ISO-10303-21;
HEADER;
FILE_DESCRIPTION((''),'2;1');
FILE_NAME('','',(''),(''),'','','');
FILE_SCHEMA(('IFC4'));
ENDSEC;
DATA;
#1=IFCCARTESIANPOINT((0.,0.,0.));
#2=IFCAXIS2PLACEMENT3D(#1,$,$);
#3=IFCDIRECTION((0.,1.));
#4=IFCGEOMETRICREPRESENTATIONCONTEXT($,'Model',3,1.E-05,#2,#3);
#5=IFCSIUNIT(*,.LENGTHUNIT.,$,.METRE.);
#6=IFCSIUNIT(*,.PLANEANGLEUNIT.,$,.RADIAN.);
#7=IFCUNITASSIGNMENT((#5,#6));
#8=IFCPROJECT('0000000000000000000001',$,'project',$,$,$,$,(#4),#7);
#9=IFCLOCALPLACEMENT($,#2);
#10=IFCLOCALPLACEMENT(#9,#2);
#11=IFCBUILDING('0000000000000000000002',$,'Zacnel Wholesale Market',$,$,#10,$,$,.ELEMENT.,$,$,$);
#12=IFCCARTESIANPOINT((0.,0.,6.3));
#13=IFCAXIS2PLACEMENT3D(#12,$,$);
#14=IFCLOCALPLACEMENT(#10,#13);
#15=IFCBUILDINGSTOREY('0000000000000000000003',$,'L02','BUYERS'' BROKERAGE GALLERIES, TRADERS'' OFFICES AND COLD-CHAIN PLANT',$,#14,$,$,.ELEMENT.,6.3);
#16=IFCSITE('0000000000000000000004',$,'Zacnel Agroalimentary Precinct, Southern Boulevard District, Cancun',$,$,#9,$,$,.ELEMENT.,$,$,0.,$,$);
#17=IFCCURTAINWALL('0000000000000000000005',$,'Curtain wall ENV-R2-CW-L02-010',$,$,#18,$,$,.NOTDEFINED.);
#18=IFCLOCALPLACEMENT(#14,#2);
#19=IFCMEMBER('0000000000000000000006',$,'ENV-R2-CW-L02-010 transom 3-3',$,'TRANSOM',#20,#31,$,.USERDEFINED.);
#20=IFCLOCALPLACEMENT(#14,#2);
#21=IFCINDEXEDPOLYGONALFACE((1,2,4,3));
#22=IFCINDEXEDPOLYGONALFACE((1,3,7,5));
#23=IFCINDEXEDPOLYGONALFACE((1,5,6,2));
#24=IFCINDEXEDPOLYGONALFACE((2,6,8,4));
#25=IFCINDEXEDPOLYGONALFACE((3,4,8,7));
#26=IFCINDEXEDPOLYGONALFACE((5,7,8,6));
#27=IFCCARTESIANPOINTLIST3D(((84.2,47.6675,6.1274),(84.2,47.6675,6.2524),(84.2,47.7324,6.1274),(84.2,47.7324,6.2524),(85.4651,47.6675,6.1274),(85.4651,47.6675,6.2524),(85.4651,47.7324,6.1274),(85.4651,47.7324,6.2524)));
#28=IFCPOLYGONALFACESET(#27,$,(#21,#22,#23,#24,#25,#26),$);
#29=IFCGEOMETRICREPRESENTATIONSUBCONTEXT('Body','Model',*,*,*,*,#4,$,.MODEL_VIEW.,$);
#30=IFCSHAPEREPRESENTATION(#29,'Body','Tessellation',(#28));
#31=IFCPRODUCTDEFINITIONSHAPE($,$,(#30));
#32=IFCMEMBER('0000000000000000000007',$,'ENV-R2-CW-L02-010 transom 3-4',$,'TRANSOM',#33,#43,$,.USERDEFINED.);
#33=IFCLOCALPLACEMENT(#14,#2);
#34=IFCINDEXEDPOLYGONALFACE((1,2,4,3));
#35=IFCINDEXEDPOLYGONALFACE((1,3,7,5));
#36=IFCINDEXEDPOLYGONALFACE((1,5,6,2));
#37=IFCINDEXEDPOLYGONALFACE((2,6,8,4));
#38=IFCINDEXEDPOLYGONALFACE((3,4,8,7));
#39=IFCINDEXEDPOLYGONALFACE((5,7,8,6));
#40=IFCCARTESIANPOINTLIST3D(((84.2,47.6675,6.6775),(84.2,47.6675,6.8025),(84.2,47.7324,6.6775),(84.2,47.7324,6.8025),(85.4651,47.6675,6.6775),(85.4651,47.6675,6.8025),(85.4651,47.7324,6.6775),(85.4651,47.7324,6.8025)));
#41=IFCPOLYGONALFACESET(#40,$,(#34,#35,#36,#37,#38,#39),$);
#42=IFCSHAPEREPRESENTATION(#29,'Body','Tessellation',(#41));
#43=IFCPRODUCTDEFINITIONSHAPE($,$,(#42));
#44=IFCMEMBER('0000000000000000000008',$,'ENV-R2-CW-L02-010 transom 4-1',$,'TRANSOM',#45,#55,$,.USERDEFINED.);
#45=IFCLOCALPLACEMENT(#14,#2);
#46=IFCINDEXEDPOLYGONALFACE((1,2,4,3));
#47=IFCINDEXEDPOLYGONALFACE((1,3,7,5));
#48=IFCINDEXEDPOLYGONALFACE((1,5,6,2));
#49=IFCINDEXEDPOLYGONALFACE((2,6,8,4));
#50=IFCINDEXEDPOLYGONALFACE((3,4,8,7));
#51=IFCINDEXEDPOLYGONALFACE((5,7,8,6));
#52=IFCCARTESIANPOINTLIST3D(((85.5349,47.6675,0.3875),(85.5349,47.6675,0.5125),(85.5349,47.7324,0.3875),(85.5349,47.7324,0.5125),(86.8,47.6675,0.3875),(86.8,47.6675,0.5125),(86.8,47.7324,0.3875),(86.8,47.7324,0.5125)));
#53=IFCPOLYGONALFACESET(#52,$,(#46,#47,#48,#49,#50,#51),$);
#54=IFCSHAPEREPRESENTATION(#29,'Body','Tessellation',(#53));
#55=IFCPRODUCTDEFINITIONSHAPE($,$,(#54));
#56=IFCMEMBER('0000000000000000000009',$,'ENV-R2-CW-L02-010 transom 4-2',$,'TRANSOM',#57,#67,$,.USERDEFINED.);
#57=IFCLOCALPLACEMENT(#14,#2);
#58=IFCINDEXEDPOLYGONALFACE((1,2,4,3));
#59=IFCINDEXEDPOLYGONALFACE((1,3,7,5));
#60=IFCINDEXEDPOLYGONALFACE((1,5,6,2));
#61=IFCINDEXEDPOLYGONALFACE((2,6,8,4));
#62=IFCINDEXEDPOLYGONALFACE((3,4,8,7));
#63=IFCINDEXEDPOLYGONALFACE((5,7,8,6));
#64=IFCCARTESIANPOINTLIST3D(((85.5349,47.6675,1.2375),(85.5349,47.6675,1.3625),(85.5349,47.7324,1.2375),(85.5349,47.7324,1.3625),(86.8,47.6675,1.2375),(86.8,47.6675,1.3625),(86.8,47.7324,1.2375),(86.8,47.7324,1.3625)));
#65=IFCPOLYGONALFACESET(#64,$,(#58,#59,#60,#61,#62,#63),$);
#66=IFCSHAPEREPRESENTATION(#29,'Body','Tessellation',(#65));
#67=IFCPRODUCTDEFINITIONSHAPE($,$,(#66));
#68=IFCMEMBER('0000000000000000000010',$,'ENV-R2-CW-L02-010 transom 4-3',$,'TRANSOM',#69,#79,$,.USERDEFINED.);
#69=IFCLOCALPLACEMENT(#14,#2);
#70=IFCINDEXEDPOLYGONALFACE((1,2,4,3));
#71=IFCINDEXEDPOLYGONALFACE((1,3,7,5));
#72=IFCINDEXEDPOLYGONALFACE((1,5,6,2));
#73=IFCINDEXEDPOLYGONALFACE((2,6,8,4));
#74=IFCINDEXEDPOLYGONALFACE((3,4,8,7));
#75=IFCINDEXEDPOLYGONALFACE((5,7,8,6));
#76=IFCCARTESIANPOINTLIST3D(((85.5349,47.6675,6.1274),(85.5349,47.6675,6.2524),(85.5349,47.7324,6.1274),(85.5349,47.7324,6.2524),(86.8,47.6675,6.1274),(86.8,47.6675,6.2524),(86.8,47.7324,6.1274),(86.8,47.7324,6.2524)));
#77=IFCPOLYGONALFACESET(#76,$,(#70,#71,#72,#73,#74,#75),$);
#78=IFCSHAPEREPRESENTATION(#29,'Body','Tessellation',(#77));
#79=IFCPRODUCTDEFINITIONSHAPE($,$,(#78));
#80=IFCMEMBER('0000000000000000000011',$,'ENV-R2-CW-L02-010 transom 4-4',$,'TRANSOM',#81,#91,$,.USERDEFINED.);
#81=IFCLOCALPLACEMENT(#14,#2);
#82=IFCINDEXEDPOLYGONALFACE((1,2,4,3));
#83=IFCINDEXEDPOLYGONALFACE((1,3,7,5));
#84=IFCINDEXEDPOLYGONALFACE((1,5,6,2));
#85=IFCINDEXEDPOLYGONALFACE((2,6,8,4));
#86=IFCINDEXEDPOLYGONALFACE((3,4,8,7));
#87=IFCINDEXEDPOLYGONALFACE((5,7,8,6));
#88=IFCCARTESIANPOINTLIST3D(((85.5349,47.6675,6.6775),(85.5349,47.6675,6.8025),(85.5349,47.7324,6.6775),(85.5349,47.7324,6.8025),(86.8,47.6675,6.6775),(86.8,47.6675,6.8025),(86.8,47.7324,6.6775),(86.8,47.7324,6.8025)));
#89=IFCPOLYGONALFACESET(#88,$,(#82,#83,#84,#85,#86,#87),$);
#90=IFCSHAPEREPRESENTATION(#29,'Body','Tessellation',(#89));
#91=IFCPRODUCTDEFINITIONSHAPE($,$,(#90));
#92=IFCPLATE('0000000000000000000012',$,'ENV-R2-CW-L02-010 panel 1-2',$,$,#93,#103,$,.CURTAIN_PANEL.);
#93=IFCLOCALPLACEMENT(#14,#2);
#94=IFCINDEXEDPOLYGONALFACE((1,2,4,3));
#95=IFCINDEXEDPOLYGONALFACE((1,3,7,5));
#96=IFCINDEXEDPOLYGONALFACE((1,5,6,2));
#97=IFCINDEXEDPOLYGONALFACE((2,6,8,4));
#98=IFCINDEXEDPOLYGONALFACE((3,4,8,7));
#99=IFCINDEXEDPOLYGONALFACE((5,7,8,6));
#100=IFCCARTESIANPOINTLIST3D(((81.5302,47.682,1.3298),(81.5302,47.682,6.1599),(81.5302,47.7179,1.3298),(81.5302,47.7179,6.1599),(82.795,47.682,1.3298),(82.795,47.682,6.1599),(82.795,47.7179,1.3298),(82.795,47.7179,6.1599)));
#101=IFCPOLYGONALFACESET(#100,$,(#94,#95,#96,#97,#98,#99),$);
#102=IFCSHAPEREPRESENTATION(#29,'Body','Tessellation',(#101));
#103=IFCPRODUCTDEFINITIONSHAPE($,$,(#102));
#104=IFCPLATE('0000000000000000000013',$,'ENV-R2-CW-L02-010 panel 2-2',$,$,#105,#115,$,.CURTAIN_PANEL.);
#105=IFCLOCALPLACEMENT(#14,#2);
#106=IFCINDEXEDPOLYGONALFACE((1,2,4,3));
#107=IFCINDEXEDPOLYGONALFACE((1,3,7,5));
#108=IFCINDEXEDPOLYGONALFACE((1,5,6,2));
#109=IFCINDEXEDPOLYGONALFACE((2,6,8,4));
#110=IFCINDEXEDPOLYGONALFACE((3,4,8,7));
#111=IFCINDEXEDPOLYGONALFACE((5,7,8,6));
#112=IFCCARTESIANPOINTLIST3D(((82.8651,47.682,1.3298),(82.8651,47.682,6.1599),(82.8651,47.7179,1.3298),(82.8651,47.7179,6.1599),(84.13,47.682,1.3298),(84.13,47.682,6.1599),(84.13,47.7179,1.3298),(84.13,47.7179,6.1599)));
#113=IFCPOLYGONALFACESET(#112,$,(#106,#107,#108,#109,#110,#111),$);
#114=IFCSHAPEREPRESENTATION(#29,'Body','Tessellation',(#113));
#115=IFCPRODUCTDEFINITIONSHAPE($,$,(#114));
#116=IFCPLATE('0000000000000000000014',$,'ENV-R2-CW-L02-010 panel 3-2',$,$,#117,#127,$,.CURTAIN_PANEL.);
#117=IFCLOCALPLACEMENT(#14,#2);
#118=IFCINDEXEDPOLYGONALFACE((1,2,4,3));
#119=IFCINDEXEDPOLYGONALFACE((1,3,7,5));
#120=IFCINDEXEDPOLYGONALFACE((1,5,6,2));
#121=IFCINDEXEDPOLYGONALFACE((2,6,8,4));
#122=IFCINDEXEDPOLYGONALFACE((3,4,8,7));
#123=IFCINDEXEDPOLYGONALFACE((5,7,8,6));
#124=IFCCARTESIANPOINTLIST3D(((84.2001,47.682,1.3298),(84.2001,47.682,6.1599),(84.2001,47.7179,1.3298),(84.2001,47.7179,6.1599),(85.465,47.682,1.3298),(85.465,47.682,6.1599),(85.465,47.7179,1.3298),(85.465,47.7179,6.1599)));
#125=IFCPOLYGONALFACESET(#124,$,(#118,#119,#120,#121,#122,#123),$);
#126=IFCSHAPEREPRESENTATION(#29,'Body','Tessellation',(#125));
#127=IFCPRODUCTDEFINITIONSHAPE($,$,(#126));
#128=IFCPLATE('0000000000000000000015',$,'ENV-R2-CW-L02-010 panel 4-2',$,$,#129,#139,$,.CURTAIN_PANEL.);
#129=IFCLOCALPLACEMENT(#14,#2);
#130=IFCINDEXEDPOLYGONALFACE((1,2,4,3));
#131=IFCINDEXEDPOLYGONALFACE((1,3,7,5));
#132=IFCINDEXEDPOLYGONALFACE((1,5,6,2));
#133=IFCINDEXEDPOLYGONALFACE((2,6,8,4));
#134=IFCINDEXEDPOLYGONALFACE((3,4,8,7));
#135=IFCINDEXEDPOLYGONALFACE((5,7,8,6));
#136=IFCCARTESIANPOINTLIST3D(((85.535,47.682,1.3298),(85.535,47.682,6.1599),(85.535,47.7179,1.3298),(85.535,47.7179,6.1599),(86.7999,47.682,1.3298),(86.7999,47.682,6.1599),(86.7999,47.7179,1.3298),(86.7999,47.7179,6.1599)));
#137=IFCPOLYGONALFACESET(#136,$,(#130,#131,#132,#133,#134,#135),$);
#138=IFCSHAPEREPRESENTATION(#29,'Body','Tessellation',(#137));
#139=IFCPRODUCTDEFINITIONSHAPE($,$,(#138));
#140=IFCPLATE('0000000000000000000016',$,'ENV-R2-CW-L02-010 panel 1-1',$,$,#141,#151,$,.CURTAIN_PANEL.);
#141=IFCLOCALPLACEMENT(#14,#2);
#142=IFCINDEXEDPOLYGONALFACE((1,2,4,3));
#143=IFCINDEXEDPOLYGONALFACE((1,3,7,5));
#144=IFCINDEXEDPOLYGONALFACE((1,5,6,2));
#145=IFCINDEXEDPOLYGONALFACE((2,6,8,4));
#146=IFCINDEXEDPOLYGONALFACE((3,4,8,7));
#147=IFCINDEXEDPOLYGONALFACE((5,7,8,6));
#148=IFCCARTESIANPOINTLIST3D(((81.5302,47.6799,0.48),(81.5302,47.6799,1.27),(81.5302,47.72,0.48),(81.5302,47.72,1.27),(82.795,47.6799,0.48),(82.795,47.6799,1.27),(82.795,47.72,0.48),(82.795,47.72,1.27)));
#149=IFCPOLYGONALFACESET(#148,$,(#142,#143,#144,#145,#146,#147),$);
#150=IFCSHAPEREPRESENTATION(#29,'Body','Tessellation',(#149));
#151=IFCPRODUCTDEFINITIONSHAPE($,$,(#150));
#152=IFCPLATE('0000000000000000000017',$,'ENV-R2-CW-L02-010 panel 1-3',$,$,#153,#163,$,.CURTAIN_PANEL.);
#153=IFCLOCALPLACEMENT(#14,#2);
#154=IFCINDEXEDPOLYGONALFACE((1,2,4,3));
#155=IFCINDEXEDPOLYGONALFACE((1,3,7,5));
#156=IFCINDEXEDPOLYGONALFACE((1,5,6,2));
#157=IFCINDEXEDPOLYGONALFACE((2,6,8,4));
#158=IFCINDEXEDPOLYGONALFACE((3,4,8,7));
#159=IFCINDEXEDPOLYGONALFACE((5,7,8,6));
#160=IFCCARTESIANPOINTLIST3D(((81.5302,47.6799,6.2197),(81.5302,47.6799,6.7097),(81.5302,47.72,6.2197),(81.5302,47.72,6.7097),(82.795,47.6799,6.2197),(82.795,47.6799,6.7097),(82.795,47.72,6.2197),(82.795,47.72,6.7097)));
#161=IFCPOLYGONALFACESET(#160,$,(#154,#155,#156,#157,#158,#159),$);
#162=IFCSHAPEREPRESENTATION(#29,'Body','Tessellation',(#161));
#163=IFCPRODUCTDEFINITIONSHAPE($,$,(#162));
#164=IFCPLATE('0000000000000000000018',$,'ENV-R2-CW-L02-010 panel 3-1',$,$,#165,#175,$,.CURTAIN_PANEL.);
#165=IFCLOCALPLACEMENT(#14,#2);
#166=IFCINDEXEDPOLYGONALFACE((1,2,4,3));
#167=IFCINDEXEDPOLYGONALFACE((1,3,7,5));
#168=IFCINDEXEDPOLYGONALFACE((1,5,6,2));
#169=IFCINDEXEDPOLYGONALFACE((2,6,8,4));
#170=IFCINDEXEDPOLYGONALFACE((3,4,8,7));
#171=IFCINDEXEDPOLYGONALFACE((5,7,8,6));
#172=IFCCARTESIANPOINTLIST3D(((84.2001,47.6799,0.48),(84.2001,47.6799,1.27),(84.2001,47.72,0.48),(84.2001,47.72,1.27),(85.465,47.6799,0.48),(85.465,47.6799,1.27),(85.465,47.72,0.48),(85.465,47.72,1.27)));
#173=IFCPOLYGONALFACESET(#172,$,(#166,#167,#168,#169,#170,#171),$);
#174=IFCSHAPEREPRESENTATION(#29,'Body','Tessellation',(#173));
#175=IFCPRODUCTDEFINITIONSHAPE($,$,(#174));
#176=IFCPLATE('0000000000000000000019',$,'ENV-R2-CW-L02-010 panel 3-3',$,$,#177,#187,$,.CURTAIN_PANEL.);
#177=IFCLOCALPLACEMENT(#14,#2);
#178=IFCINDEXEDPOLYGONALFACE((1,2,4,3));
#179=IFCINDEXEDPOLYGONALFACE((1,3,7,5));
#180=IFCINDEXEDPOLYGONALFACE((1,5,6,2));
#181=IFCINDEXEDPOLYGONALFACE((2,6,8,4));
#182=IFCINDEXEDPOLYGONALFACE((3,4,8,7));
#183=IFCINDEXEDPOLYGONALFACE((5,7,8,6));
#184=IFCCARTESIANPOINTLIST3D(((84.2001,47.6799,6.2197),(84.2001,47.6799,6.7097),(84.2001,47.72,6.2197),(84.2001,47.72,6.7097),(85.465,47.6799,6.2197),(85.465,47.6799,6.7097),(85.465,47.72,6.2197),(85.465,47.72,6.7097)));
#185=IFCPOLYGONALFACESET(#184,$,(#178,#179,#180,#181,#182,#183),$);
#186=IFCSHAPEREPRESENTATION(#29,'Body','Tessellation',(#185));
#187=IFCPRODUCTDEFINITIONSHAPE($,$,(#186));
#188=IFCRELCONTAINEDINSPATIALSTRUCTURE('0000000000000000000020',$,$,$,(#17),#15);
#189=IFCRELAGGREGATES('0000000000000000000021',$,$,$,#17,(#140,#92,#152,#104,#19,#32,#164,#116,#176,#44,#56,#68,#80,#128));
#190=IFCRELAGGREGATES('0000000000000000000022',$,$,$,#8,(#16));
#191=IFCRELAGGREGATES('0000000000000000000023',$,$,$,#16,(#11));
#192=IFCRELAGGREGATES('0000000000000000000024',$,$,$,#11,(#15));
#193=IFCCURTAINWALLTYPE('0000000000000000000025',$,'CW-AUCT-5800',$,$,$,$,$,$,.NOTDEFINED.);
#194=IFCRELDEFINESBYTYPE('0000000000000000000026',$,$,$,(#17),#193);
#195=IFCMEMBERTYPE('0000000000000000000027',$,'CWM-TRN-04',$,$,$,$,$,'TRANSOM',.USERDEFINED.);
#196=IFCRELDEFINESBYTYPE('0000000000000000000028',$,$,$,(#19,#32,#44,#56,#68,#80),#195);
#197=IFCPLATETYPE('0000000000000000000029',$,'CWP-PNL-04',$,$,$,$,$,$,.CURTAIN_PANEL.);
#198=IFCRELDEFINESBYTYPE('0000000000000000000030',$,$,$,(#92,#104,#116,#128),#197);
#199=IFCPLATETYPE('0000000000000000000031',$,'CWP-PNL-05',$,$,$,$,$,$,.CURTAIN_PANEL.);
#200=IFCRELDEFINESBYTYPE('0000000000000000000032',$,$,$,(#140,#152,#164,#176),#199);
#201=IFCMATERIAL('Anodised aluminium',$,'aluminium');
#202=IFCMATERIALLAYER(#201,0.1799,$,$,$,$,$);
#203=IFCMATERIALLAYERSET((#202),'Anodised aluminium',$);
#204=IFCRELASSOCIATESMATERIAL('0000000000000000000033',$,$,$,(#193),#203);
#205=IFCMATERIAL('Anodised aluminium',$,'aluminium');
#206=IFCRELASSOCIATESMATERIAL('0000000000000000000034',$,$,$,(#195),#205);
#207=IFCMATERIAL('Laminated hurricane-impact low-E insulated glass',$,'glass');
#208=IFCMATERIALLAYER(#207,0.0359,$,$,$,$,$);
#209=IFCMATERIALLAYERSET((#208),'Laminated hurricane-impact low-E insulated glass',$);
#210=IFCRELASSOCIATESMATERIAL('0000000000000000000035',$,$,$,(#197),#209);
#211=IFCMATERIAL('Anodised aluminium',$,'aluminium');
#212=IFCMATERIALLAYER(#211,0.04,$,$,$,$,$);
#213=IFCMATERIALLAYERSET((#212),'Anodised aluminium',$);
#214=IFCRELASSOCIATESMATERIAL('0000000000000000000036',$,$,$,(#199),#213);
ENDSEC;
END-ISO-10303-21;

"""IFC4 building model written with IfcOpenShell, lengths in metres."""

from ifc_helpers import new_model, si_unit, direction, frame, origin, origin_2d, place, context, subcontext, project, spatial, rectangle, extrude, material, layer, layer_set, material_profile, profile_set, type_object, element, aggregate, save


model = new_model("IFC4")

# Units and contexts
model_context = context("Model", 3, precision=1e-05, world=origin(), true_north=direction((0.0, 1.0)))
body_context = subcontext(model_context, "Body", "Model", "MODEL_VIEW")
ifc_project = project(units=[si_unit("LENGTHUNIT", "METRE"), si_unit("PLANEANGLEUNIT", "RADIAN")], contexts=[model_context])

# Site, building, storey
site_placement = place(None, origin())
site = spatial("IfcSite", under=ifc_project, at=site_placement, Name="Zacnel Agroalimentary Precinct, Southern Boulevard District, Cancun", CompositionType="ELEMENT", RefElevation=0.0)
building_placement = place(site_placement, origin())
building = spatial("IfcBuilding", under=site, at=building_placement, Name="Zacnel Wholesale Market", CompositionType="ELEMENT")
storey_placement = place(building_placement, frame((0.0, 0.0, 6.3)))
storey = spatial("IfcBuildingStorey", under=building, at=storey_placement, Name="L02", Description="BUYERS' BROKERAGE GALLERIES, TRADERS' OFFICES AND COLD-CHAIN PLANT", CompositionType="ELEMENT", Elevation=6.3)

# Curtain wall, members, plates
ifc_material_1 = material(Name="Anodised aluminium", Category="aluminium")
ifc_layer_1 = layer(ifc_material_1, 0.1799)
ifc_layer_set_1 = layer_set([ifc_layer_1], Name="Anodised aluminium")
curtain_wall_type = type_object("IfcCurtainWallType", Name="CW-AUCT-5800", PredefinedType="NOTDEFINED", material=ifc_layer_set_1)
curtain_wall_placement = place(storey_placement, origin())
curtain_wall = element("IfcCurtainWall", 1, at=curtain_wall_placement, inside=storey, type_object=curtain_wall_type, Name="Curtain wall ENV-R2-CW-L02-010", PredefinedType="NOTDEFINED")
ifc_material_2 = material(Name="Anodised aluminium", Category="aluminium")
ifc_material_profile_1 = material_profile(ifc_material_2, rectangle(XDim=0.0649, YDim=0.125, at=origin_2d()), Name="AW-TRANSOM 65x125")
ifc_profile_set_1 = profile_set([ifc_material_profile_1], Name="Anodised aluminium")
member_type_1 = type_object("IfcMemberType", Name="CWM-TRN-04", ElementType="TRANSOM", PredefinedType="USERDEFINED", material=ifc_profile_set_1)
member_1_placement = place(storey_placement, frame((84.2, 47.7, 6.1899), z_axis=(1.0, 0.0, 0.0), x_axis=(0.0, 1.0, 0.0)))
member_1 = element("IfcMember", 2, at=member_1_placement, type_object=member_type_1, Name="ENV-R2-CW-L02-010 transom 3-3", ObjectType="TRANSOM", PredefinedType="USERDEFINED", context=body_context, shape_type="SweptSolid", body=[
    extrude(rectangle(XDim=0.0649, YDim=0.125, at=origin_2d()), origin(), (0.0, 0.0, 1.0), 1.2651),
])
member_2_placement = place(storey_placement, frame((84.2, 47.7, 6.74), z_axis=(1.0, 0.0, 0.0), x_axis=(0.0, 1.0, 0.0)))
member_2 = element("IfcMember", 3, at=member_2_placement, type_object=member_type_1, Name="ENV-R2-CW-L02-010 transom 3-4", ObjectType="TRANSOM", PredefinedType="USERDEFINED", context=body_context, shape_type="SweptSolid", body=[
    extrude(rectangle(XDim=0.0649, YDim=0.125, at=origin_2d()), origin(), (0.0, 0.0, 1.0), 1.2651),
])
member_3_placement = place(storey_placement, frame((85.5349, 47.7, 0.45), z_axis=(1.0, 0.0, 0.0), x_axis=(0.0, 1.0, 0.0)))
member_3 = element("IfcMember", 4, at=member_3_placement, type_object=member_type_1, Name="ENV-R2-CW-L02-010 transom 4-1", ObjectType="TRANSOM", PredefinedType="USERDEFINED", context=body_context, shape_type="SweptSolid", body=[
    extrude(rectangle(XDim=0.0649, YDim=0.125, at=origin_2d()), origin(), (0.0, 0.0, 1.0), 1.2651),
])
member_4_placement = place(storey_placement, frame((85.5349, 47.7, 1.3), z_axis=(1.0, 0.0, 0.0), x_axis=(0.0, 1.0, 0.0)))
member_4 = element("IfcMember", 5, at=member_4_placement, type_object=member_type_1, Name="ENV-R2-CW-L02-010 transom 4-2", ObjectType="TRANSOM", PredefinedType="USERDEFINED", context=body_context, shape_type="SweptSolid", body=[
    extrude(rectangle(XDim=0.0649, YDim=0.125, at=origin_2d()), origin(), (0.0, 0.0, 1.0), 1.2651),
])
member_5_placement = place(storey_placement, frame((85.5349, 47.7, 6.1899), z_axis=(1.0, 0.0, 0.0), x_axis=(0.0, 1.0, 0.0)))
member_5 = element("IfcMember", 6, at=member_5_placement, type_object=member_type_1, Name="ENV-R2-CW-L02-010 transom 4-3", ObjectType="TRANSOM", PredefinedType="USERDEFINED", context=body_context, shape_type="SweptSolid", body=[
    extrude(rectangle(XDim=0.0649, YDim=0.125, at=origin_2d()), origin(), (0.0, 0.0, 1.0), 1.2651),
])
member_6_placement = place(storey_placement, frame((85.5349, 47.7, 6.74), z_axis=(1.0, 0.0, 0.0), x_axis=(0.0, 1.0, 0.0)))
member_6 = element("IfcMember", 7, at=member_6_placement, type_object=member_type_1, Name="ENV-R2-CW-L02-010 transom 4-4", ObjectType="TRANSOM", PredefinedType="USERDEFINED", context=body_context, shape_type="SweptSolid", body=[
    extrude(rectangle(XDim=0.0649, YDim=0.125, at=origin_2d()), origin(), (0.0, 0.0, 1.0), 1.2651),
])
ifc_material_3 = material(Name="Laminated hurricane-impact low-E insulated glass", Category="glass")
ifc_layer_2 = layer(ifc_material_3, 0.0359)
ifc_layer_set_2 = layer_set([ifc_layer_2], Name="Laminated hurricane-impact low-E insulated glass")
plate_type_1 = type_object("IfcPlateType", Name="CWP-PNL-04", PredefinedType="CURTAIN_PANEL", material=ifc_layer_set_2)
plate_1_placement = place(storey_placement, frame((82.1626, 47.7, 1.3298), z_axis=(0.0, 0.0, 1.0), x_axis=(1.0, 0.0, 0.0)))
plate_1 = element("IfcPlate", 8, at=plate_1_placement, type_object=plate_type_1, Name="ENV-R2-CW-L02-010 panel 1-2", PredefinedType="CURTAIN_PANEL", context=body_context, shape_type="SweptSolid", body=[
    extrude(rectangle(XDim=1.2649, YDim=0.0359, at=origin_2d()), origin(), (0.0, 0.0, 1.0), 4.8301),
])
plate_2_placement = place(storey_placement, frame((83.4976, 47.7, 1.3298), z_axis=(0.0, 0.0, 1.0), x_axis=(1.0, 0.0, 0.0)))
plate_2 = element("IfcPlate", 9, at=plate_2_placement, type_object=plate_type_1, Name="ENV-R2-CW-L02-010 panel 2-2", PredefinedType="CURTAIN_PANEL", context=body_context, shape_type="SweptSolid", body=[
    extrude(rectangle(XDim=1.2649, YDim=0.0359, at=origin_2d()), origin(), (0.0, 0.0, 1.0), 4.8301),
])
plate_3_placement = place(storey_placement, frame((84.8325, 47.7, 1.3298), z_axis=(0.0, 0.0, 1.0), x_axis=(1.0, 0.0, 0.0)))
plate_3 = element("IfcPlate", 10, at=plate_3_placement, type_object=plate_type_1, Name="ENV-R2-CW-L02-010 panel 3-2", PredefinedType="CURTAIN_PANEL", context=body_context, shape_type="SweptSolid", body=[
    extrude(rectangle(XDim=1.2649, YDim=0.0359, at=origin_2d()), origin(), (0.0, 0.0, 1.0), 4.8301),
])
plate_4_placement = place(storey_placement, frame((86.1675, 47.7, 1.3298), z_axis=(0.0, 0.0, 1.0), x_axis=(1.0, 0.0, 0.0)))
plate_4 = element("IfcPlate", 11, at=plate_4_placement, type_object=plate_type_1, Name="ENV-R2-CW-L02-010 panel 4-2", PredefinedType="CURTAIN_PANEL", context=body_context, shape_type="SweptSolid", body=[
    extrude(rectangle(XDim=1.2649, YDim=0.0359, at=origin_2d()), origin(), (0.0, 0.0, 1.0), 4.8301),
])
ifc_material_4 = material(Name="Anodised aluminium", Category="aluminium")
ifc_layer_3 = layer(ifc_material_4, 0.04)
ifc_layer_set_3 = layer_set([ifc_layer_3], Name="Anodised aluminium")
plate_type_2 = type_object("IfcPlateType", Name="CWP-PNL-05", PredefinedType="CURTAIN_PANEL", material=ifc_layer_set_3)
plate_5_placement = place(storey_placement, frame((82.1626, 47.7, 0.48), z_axis=(0.0, 0.0, 1.0), x_axis=(1.0, 0.0, 0.0)))
plate_5 = element("IfcPlate", 12, at=plate_5_placement, type_object=plate_type_2, Name="ENV-R2-CW-L02-010 panel 1-1", PredefinedType="CURTAIN_PANEL", context=body_context, shape_type="SweptSolid", body=[
    extrude(rectangle(XDim=1.2649, YDim=0.04, at=origin_2d()), origin(), (0.0, 0.0, 1.0), 0.79),
])
plate_6_placement = place(storey_placement, frame((82.1626, 47.7, 6.2197), z_axis=(0.0, 0.0, 1.0), x_axis=(1.0, 0.0, 0.0)))
plate_6 = element("IfcPlate", 13, at=plate_6_placement, type_object=plate_type_2, Name="ENV-R2-CW-L02-010 panel 1-3", PredefinedType="CURTAIN_PANEL", context=body_context, shape_type="SweptSolid", body=[
    extrude(rectangle(XDim=1.2649, YDim=0.04, at=origin_2d()), origin(), (0.0, 0.0, 1.0), 0.49),
])
plate_7_placement = place(storey_placement, frame((84.8325, 47.7, 0.48), z_axis=(0.0, 0.0, 1.0), x_axis=(1.0, 0.0, 0.0)))
plate_7 = element("IfcPlate", 14, at=plate_7_placement, type_object=plate_type_2, Name="ENV-R2-CW-L02-010 panel 3-1", PredefinedType="CURTAIN_PANEL", context=body_context, shape_type="SweptSolid", body=[
    extrude(rectangle(XDim=1.2649, YDim=0.04, at=origin_2d()), origin(), (0.0, 0.0, 1.0), 0.79),
])
plate_8_placement = place(storey_placement, frame((84.8325, 47.7, 6.2197), z_axis=(0.0, 0.0, 1.0), x_axis=(1.0, 0.0, 0.0)))
plate_8 = element("IfcPlate", 15, at=plate_8_placement, type_object=plate_type_2, Name="ENV-R2-CW-L02-010 panel 3-3", PredefinedType="CURTAIN_PANEL", context=body_context, shape_type="SweptSolid", body=[
    extrude(rectangle(XDim=1.2649, YDim=0.04, at=origin_2d()), origin(), (0.0, 0.0, 1.0), 0.49),
])
aggregate(curtain_wall, [plate_5, plate_1, plate_6, plate_2, member_1, member_2, plate_7, plate_3, plate_8, member_3, member_4, member_5, member_6, plate_4])

save(model, "model.ifc")
